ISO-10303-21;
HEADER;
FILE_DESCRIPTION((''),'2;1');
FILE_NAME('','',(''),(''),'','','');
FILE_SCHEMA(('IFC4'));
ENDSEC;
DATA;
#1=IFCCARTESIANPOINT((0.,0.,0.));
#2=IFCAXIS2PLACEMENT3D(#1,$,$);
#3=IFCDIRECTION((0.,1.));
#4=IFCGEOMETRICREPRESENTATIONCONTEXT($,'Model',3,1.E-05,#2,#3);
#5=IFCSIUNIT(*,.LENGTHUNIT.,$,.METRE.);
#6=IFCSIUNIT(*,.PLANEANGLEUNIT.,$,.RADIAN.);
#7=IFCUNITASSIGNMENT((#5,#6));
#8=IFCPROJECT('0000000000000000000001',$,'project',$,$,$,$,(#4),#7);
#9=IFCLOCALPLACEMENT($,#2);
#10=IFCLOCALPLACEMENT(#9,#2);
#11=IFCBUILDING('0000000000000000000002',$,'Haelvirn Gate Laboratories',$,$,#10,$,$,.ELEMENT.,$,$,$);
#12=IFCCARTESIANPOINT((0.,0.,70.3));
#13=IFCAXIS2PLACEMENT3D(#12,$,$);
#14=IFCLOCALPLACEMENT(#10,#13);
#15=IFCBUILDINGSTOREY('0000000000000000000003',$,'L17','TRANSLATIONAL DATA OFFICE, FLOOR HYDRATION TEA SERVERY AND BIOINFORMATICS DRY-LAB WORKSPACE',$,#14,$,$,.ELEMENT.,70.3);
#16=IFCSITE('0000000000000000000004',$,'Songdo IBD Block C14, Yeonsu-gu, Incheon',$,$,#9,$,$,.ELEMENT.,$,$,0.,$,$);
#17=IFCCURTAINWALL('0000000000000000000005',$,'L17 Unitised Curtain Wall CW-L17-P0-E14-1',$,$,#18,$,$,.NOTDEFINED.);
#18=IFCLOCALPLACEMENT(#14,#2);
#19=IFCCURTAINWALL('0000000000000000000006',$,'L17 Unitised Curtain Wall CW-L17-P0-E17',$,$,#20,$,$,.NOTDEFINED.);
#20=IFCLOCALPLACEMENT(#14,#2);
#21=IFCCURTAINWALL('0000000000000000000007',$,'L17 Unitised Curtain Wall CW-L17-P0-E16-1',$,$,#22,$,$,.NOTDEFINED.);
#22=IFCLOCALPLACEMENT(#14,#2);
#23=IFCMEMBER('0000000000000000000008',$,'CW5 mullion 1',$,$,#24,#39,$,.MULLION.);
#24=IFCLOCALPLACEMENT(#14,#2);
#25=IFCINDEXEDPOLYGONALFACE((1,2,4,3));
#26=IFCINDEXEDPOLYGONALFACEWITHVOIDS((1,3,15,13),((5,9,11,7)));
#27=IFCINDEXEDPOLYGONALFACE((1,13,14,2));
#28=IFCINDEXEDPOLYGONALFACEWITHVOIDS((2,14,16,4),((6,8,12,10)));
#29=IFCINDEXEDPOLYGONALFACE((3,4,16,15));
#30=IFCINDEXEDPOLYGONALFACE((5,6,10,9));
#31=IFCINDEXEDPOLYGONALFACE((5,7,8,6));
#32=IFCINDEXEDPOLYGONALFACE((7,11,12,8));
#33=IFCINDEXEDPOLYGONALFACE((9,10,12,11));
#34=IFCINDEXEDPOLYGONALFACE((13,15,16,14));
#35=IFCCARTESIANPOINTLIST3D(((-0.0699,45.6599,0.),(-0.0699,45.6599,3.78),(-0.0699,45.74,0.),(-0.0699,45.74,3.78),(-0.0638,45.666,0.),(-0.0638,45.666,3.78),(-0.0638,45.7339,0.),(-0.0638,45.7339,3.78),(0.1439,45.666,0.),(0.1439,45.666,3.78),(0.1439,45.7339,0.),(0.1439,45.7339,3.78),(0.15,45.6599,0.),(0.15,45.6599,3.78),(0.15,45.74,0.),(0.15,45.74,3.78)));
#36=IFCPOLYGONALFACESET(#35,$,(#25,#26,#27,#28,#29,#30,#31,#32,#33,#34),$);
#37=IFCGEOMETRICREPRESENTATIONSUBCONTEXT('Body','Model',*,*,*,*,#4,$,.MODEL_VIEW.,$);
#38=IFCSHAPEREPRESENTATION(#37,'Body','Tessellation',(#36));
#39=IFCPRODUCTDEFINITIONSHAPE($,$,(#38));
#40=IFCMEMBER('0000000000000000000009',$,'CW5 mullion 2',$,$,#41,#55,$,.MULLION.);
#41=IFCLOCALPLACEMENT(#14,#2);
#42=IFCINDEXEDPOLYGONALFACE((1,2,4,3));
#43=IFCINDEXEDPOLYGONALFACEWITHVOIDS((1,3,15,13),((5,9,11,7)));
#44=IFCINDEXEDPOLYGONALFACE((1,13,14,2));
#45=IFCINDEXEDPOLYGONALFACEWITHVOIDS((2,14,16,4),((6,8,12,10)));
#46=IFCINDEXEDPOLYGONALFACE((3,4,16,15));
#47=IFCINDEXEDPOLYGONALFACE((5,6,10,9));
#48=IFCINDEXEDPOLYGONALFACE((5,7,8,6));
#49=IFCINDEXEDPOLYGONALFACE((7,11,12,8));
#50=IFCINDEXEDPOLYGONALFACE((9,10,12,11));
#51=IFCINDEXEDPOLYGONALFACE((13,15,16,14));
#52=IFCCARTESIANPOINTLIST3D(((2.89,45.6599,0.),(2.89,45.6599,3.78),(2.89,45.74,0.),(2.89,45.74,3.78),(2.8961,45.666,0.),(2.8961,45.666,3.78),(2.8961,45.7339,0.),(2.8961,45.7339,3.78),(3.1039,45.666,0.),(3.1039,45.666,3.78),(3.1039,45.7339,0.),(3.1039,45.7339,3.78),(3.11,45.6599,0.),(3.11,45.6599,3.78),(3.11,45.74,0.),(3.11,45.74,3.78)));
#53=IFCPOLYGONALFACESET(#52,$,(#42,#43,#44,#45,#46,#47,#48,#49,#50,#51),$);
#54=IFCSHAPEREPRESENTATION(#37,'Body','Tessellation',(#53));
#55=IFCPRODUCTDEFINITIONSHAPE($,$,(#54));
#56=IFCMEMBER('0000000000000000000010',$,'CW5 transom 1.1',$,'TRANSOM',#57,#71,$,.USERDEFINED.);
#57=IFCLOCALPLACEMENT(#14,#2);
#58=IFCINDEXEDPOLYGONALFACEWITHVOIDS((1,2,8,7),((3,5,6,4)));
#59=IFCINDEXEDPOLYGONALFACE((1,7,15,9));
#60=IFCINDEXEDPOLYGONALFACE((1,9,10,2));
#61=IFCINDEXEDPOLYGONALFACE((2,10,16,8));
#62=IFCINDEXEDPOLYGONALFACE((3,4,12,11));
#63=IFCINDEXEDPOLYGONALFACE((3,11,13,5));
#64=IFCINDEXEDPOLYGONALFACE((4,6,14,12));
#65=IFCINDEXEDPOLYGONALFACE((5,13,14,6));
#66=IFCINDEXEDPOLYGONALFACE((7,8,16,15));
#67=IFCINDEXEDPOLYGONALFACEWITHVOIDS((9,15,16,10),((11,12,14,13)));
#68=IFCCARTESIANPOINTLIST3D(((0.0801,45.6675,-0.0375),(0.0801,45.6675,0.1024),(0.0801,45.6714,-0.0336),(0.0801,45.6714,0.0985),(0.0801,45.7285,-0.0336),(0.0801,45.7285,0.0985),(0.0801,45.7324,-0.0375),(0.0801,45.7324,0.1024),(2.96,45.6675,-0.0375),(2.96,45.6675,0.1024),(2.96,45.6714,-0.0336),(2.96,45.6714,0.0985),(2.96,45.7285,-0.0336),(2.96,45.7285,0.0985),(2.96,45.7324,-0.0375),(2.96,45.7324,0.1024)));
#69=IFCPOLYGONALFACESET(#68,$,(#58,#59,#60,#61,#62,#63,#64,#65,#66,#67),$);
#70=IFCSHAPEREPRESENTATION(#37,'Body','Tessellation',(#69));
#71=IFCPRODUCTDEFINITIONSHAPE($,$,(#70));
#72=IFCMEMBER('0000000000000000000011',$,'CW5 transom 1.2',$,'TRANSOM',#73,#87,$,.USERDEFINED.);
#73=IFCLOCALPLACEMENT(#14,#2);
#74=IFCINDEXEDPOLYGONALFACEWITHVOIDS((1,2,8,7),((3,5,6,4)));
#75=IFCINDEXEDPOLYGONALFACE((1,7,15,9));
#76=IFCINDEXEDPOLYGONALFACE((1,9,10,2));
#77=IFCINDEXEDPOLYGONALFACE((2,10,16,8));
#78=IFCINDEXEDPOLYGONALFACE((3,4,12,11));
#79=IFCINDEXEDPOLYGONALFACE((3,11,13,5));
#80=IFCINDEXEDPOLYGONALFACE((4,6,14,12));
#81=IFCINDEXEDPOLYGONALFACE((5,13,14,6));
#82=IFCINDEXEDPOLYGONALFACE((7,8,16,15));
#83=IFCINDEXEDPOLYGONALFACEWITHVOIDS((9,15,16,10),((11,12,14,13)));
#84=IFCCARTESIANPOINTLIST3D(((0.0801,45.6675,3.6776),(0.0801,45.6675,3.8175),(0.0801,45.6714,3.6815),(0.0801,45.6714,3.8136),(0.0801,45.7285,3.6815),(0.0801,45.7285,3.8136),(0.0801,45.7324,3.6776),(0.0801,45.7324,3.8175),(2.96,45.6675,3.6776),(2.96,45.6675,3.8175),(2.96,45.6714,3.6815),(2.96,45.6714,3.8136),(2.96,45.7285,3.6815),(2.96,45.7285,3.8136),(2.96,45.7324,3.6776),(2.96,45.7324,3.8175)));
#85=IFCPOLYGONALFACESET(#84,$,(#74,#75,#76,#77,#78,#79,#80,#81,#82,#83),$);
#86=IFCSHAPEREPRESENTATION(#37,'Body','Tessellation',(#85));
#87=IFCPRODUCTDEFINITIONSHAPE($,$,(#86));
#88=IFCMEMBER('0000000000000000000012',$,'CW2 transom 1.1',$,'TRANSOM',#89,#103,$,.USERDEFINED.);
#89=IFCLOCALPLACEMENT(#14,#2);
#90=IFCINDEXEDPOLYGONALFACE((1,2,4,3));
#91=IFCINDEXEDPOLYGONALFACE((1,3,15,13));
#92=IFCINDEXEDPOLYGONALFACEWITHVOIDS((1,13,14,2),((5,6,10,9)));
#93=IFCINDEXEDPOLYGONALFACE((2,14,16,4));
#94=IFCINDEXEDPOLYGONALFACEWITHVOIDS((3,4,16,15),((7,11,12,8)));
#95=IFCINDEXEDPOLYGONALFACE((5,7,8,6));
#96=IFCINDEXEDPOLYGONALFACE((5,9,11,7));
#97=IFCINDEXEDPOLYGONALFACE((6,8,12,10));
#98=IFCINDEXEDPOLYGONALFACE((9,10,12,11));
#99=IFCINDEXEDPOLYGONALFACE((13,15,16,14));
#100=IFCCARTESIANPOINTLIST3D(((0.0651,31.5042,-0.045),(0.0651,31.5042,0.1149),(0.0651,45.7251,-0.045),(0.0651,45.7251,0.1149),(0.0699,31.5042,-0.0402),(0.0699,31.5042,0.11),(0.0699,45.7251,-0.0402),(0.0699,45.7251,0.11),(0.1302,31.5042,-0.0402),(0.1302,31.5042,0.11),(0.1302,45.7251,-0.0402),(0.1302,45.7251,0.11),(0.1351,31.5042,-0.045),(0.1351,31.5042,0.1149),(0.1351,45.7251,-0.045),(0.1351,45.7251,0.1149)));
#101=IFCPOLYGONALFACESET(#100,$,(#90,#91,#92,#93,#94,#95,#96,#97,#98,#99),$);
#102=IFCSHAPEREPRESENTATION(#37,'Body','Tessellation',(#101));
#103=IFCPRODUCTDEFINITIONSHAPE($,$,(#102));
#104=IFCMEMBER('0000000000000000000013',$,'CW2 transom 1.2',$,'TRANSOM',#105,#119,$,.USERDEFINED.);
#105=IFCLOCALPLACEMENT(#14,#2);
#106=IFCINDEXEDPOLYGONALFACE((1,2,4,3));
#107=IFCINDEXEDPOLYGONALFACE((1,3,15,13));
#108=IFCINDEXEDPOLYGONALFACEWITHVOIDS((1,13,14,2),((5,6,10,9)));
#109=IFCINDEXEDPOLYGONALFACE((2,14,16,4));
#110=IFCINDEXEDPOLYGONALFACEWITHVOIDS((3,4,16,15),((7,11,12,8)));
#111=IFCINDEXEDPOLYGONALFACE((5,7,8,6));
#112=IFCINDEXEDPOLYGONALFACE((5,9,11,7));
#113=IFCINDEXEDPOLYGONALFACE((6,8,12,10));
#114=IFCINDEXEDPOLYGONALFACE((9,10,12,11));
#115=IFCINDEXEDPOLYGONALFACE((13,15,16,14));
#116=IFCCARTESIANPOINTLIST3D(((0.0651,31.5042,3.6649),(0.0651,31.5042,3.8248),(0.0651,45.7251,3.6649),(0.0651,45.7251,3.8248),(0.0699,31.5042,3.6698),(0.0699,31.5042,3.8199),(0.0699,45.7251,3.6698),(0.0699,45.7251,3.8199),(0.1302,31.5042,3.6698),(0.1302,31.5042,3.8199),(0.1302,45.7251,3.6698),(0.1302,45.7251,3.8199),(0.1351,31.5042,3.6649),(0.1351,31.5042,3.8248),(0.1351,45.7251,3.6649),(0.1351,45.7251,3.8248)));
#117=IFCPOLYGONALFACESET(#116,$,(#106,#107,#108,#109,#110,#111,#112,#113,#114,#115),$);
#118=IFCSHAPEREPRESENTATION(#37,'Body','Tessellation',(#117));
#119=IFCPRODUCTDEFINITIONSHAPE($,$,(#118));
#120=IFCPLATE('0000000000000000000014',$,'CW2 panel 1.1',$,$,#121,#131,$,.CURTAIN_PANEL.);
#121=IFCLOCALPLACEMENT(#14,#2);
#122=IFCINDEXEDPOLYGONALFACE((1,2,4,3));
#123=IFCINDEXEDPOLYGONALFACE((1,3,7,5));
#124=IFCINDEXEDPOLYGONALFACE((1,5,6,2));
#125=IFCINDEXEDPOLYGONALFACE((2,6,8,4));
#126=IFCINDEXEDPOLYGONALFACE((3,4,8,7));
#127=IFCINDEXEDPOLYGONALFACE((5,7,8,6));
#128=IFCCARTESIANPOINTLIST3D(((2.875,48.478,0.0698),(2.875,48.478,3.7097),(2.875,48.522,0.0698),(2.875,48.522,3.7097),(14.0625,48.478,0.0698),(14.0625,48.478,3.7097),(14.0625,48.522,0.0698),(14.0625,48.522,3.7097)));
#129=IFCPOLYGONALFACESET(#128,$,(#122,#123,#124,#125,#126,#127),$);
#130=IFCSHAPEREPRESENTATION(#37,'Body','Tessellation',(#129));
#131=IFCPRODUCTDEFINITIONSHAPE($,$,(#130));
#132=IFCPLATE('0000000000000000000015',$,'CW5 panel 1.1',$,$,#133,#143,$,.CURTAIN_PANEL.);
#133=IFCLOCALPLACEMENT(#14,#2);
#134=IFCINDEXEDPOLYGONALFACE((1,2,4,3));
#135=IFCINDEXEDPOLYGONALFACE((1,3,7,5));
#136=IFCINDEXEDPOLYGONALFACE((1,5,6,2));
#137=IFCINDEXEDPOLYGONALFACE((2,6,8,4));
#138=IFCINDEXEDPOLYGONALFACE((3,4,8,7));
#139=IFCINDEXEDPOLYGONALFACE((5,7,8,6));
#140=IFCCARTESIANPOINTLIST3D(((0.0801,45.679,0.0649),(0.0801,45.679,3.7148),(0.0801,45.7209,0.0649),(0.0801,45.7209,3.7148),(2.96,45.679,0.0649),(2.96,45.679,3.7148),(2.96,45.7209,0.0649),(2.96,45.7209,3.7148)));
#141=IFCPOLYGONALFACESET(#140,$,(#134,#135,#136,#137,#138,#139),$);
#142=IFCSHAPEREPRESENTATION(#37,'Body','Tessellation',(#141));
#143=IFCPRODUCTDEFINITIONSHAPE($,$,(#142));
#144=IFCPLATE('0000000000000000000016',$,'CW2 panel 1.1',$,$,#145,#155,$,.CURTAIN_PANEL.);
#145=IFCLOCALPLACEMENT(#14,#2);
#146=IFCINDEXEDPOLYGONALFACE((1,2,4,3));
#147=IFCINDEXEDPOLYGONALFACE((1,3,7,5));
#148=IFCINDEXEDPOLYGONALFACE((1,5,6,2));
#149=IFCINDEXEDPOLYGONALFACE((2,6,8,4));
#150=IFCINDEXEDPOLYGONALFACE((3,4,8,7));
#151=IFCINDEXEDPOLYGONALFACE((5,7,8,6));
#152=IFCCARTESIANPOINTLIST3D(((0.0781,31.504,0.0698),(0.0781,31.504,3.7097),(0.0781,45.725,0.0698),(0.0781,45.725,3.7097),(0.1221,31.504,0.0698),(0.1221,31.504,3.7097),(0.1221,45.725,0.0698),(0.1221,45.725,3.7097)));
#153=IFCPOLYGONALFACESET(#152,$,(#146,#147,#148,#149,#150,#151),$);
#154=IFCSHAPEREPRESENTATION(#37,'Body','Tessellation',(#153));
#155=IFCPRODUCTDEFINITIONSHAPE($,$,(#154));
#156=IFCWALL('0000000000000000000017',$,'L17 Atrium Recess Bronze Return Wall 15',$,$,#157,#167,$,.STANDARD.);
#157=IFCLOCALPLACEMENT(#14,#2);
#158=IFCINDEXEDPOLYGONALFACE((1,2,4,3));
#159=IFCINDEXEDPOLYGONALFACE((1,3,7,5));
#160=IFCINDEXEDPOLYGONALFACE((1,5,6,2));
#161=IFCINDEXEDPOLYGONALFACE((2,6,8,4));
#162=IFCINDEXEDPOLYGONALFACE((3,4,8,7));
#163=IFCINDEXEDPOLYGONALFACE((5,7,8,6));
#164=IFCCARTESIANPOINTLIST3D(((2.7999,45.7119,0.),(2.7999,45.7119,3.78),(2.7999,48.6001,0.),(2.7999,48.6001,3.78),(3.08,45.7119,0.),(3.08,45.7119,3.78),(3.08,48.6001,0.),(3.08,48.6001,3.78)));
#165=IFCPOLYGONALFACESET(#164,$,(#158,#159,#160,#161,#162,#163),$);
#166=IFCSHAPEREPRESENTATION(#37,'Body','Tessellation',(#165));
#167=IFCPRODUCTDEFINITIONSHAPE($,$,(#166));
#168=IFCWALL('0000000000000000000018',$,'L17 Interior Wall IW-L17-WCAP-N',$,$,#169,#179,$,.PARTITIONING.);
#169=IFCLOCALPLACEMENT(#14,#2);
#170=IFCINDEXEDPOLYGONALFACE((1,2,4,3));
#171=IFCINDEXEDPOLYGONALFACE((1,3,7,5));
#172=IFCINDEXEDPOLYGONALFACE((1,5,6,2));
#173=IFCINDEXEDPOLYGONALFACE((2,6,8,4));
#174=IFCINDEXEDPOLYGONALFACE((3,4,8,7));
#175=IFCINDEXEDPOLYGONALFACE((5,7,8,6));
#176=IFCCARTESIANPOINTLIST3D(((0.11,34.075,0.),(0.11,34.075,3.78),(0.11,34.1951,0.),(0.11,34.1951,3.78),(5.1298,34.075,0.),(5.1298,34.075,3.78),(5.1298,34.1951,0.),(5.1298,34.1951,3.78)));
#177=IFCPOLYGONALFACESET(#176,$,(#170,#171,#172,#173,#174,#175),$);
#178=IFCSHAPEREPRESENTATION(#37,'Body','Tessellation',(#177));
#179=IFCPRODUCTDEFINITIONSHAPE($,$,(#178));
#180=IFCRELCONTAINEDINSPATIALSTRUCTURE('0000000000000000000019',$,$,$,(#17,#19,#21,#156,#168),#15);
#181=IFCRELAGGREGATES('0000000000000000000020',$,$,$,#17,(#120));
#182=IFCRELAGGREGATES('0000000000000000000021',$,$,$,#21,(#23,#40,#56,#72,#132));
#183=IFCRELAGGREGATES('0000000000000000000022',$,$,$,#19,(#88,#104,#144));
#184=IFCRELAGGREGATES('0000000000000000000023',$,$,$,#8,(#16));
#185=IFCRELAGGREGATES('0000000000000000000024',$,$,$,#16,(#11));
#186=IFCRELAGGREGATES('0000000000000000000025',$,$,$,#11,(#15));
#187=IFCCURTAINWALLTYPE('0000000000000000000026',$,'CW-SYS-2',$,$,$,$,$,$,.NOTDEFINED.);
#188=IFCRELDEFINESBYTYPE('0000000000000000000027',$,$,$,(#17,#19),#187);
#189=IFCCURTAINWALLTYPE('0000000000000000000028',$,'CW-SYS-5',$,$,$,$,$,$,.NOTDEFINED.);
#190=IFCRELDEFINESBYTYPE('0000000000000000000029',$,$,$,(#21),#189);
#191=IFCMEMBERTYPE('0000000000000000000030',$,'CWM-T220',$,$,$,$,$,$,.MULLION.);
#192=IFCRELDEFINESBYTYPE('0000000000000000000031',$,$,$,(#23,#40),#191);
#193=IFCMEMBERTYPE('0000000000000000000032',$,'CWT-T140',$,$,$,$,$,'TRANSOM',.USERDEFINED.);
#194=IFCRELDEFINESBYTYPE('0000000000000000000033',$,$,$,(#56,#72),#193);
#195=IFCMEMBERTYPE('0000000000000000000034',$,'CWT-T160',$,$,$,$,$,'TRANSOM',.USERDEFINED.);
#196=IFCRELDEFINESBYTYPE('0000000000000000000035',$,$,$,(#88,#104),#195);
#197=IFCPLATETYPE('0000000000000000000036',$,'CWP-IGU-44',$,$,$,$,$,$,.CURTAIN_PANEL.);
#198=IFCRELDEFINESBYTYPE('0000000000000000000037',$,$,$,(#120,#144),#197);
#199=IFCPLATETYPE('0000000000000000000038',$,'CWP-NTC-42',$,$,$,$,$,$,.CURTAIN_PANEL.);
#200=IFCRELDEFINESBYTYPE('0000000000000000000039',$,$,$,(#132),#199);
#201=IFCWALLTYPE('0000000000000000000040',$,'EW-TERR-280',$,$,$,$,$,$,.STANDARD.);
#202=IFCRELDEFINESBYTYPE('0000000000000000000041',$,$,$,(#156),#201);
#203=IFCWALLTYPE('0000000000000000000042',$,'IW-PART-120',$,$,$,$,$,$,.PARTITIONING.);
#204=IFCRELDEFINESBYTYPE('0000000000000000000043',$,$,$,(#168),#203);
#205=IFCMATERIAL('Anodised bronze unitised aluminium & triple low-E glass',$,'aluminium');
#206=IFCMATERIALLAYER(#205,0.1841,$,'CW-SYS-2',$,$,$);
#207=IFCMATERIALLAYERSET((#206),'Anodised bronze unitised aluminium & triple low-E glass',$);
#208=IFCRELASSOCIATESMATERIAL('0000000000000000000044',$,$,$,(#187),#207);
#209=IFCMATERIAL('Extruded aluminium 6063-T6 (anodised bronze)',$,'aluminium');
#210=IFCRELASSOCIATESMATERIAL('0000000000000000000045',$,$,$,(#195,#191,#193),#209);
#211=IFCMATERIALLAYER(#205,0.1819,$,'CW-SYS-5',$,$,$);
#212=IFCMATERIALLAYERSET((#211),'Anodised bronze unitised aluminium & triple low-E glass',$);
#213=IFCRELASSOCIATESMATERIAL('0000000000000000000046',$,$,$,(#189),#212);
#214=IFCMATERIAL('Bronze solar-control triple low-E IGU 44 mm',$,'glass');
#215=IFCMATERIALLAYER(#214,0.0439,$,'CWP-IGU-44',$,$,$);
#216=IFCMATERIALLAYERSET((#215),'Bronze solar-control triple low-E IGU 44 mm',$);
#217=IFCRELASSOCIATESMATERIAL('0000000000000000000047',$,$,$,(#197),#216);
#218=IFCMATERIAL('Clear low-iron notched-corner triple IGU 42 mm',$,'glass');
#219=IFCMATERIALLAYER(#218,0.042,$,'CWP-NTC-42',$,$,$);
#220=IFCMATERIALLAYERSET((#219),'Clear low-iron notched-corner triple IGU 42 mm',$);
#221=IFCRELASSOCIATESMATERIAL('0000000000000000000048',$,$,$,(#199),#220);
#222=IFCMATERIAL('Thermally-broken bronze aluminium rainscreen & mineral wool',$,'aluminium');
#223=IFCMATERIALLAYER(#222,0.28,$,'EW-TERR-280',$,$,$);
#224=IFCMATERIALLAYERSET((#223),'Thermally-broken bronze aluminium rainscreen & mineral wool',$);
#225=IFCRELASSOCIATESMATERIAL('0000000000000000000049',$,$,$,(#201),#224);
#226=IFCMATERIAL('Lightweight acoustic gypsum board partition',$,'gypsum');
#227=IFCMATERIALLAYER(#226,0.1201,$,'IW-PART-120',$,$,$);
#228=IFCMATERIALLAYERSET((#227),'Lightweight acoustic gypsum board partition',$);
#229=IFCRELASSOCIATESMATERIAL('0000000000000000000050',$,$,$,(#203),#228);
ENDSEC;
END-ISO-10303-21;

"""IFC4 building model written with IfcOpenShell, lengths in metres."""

from ifc_helpers import new_model, si_unit, direction, frame, frame_2d, origin, origin_2d, place, context, subcontext, project, spatial, rectangle, hollow_rectangle, extrude, source, transform, mapped, material, layer, layer_set, material_profile, profile_set, type_object, type_shapes, element, aggregate, save


model = new_model("IFC4")

# Units and contexts
model_context = context("Model", 3, precision=1e-05, world=origin(), true_north=direction((0.0, 1.0)))
body_context = subcontext(model_context, "Body", "Model", "MODEL_VIEW")
ifc_project = project(units=[si_unit("LENGTHUNIT", "METRE"), si_unit("PLANEANGLEUNIT", "RADIAN")], contexts=[model_context])

# Site, building, storey
site_placement = place(None, origin())
site = spatial("IfcSite", under=ifc_project, at=site_placement, Name="Songdo IBD Block C14, Yeonsu-gu, Incheon", CompositionType="ELEMENT", RefElevation=0.0)
building_placement = place(site_placement, origin())
building = spatial("IfcBuilding", under=site, at=building_placement, Name="Haelvirn Gate Laboratories", CompositionType="ELEMENT")
storey_placement = place(building_placement, frame((0.0, 0.0, 70.3)))
storey = spatial("IfcBuildingStorey", under=building, at=storey_placement, Name="L17", Description="TRANSLATIONAL DATA OFFICE, FLOOR HYDRATION TEA SERVERY AND BIOINFORMATICS DRY-LAB WORKSPACE", CompositionType="ELEMENT", Elevation=70.3)

# Curtain walls
ifc_material_1 = material(Name="Anodised bronze unitised aluminium & triple low-E glass", Category="aluminium")
ifc_layer_1 = layer(ifc_material_1, 0.1841, Name="CW-SYS-2")
ifc_layer_set_1 = layer_set([ifc_layer_1], Name="Anodised bronze unitised aluminium & triple low-E glass")
curtain_wall_type_1 = type_object("IfcCurtainWallType", Name="CW-SYS-2", PredefinedType="NOTDEFINED", material=ifc_layer_set_1)
curtain_wall_1_placement = place(storey_placement, origin())
curtain_wall_1 = element("IfcCurtainWall", 1, at=curtain_wall_1_placement, inside=storey, type_object=curtain_wall_type_1, Name="L17 Unitised Curtain Wall CW-L17-P0-E14-1", PredefinedType="NOTDEFINED")
ifc_material_2 = material(Name="Extruded aluminium 6063-T6 (anodised bronze)", Category="aluminium")
curtain_wall_2_placement = place(storey_placement, origin())
curtain_wall_2 = element("IfcCurtainWall", 2, at=curtain_wall_2_placement, inside=storey, type_object=curtain_wall_type_1, Name="L17 Unitised Curtain Wall CW-L17-P0-E17", PredefinedType="NOTDEFINED")

# Shared definitions
ifc_material_profile_1 = material_profile(ifc_material_2, hollow_rectangle(XDim=0.0701, YDim=0.1599, WallThickness=0.0049, at=origin_2d()), Name="CWT-160x70x5")
ifc_profile_set_1 = profile_set([ifc_material_profile_1], Name="Extruded aluminium 6063-T6 (anodised bronze)")
member_type_1 = type_object("IfcMemberType", Name="CWT-T160", ElementType="TRANSOM", PredefinedType="USERDEFINED", material=ifc_profile_set_1)

# Curtain wall, members
ifc_layer_2 = layer(ifc_material_1, 0.1819, Name="CW-SYS-5")
ifc_layer_set_2 = layer_set([ifc_layer_2], Name="Anodised bronze unitised aluminium & triple low-E glass")
curtain_wall_type_2 = type_object("IfcCurtainWallType", Name="CW-SYS-5", PredefinedType="NOTDEFINED", material=ifc_layer_set_2)
curtain_wall_3_placement = place(storey_placement, origin())
curtain_wall_3 = element("IfcCurtainWall", 3, at=curtain_wall_3_placement, inside=storey, type_object=curtain_wall_type_2, Name="L17 Unitised Curtain Wall CW-L17-P0-E16-1", PredefinedType="NOTDEFINED")
ifc_material_profile_2 = material_profile(ifc_material_2, hollow_rectangle(XDim=0.0801, YDim=0.22, WallThickness=0.0061, at=origin_2d()), Name="CWM-220x80x6")
ifc_profile_set_2 = profile_set([ifc_material_profile_2], Name="Extruded aluminium 6063-T6 (anodised bronze)")
member_type_2 = type_object("IfcMemberType", Name="CWM-T220", PredefinedType="MULLION", material=ifc_profile_set_2)
shared_shape_1 = source(origin(), body_context, "Body", "SweptSolid", [
    extrude(hollow_rectangle(XDim=0.0801, YDim=0.22, WallThickness=0.0061, at=origin_2d()), origin(), (0.0, 0.0, 1.0), 3.78),
])
type_shapes(member_type_2, [shared_shape_1])
member_1_placement = place(storey_placement, frame((0.04, 45.7, 0.0), z_axis=(0.0, 0.0, 1.0), x_axis=(0.0, 1.0, 0.0)))
member_1 = element("IfcMember", 4, at=member_1_placement, type_object=member_type_2, Name="CW5 mullion 1", PredefinedType="MULLION", context=body_context, shape_type="MappedRepresentation", body=[
    mapped(shared_shape_1, transform((0.0, 0.0, 0.0), scale=1.0)),
])
member_2_placement = place(storey_placement, frame((3.0, 45.7, 0.0), z_axis=(0.0, 0.0, 1.0), x_axis=(0.0, 1.0, 0.0)))
member_2 = element("IfcMember", 5, at=member_2_placement, type_object=member_type_2, Name="CW5 mullion 2", PredefinedType="MULLION", context=body_context, shape_type="MappedRepresentation", body=[
    mapped(shared_shape_1, transform((0.0, 0.0, 0.0), scale=1.0)),
])
ifc_material_profile_3 = material_profile(ifc_material_2, hollow_rectangle(XDim=0.0649, YDim=0.1399, WallThickness=0.0039, at=origin_2d()), Name="CWT-140x65x4")
ifc_profile_set_3 = profile_set([ifc_material_profile_3], Name="Extruded aluminium 6063-T6 (anodised bronze)")
member_type_3 = type_object("IfcMemberType", Name="CWT-T140", ElementType="TRANSOM", PredefinedType="USERDEFINED", material=ifc_profile_set_3)
shared_shape_2 = source(origin(), body_context, "Body", "SweptSolid", [
    extrude(hollow_rectangle(XDim=0.0649, YDim=0.1399, WallThickness=0.0039, at=origin_2d()), origin(), (0.0, 0.0, 1.0), 2.8799),
])
type_shapes(member_type_3, [shared_shape_2])
member_3_placement = place(storey_placement, frame((0.0801, 45.7, 0.0325), z_axis=(1.0, 0.0, 0.0), x_axis=(0.0, 1.0, 0.0)))
member_3 = element("IfcMember", 6, at=member_3_placement, type_object=member_type_3, Name="CW5 transom 1.1", ObjectType="TRANSOM", PredefinedType="USERDEFINED", context=body_context, shape_type="MappedRepresentation", body=[
    mapped(shared_shape_2, transform((0.0, 0.0, 0.0), scale=1.0)),
])
member_4_placement = place(storey_placement, frame((0.0801, 45.7, 3.7476), z_axis=(1.0, 0.0, 0.0), x_axis=(0.0, 1.0, 0.0)))
member_4 = element("IfcMember", 7, at=member_4_placement, type_object=member_type_3, Name="CW5 transom 1.2", ObjectType="TRANSOM", PredefinedType="USERDEFINED", context=body_context, shape_type="MappedRepresentation", body=[
    mapped(shared_shape_2, transform((0.0, 0.0, 0.0), scale=1.0)),
])

# Members
shared_shape_3 = source(origin(), body_context, "Body", "SweptSolid", [
    extrude(hollow_rectangle(XDim=0.0701, YDim=0.1599, WallThickness=0.0049, at=origin_2d()), origin(), (0.0, 0.0, 1.0), 14.2209),
])
member_5_placement = place(storey_placement, frame((0.1001, 45.7251, 0.0349), z_axis=(0.0, -1.0, 0.0), x_axis=(1.0, 0.0, 0.0)))
member_5 = element("IfcMember", 8, at=member_5_placement, type_object=member_type_1, Name="CW2 transom 1.1", ObjectType="TRANSOM", PredefinedType="USERDEFINED", context=body_context, shape_type="MappedRepresentation", body=[
    mapped(shared_shape_3, transform((0.0, 0.0, 0.0), scale=1.0)),
])
member_6_placement = place(storey_placement, frame((0.1001, 45.7251, 3.7449), z_axis=(0.0, -1.0, 0.0), x_axis=(1.0, 0.0, 0.0)))
member_6 = element("IfcMember", 9, at=member_6_placement, type_object=member_type_1, Name="CW2 transom 1.2", ObjectType="TRANSOM", PredefinedType="USERDEFINED", context=body_context, shape_type="MappedRepresentation", body=[
    mapped(shared_shape_3, transform((0.0, 0.0, 0.0), scale=1.0)),
])

# Plates
ifc_material_3 = material(Name="Bronze solar-control triple low-E IGU 44 mm", Category="glass")
ifc_layer_3 = layer(ifc_material_3, 0.0439, Name="CWP-IGU-44")
ifc_layer_set_3 = layer_set([ifc_layer_3], Name="Bronze solar-control triple low-E IGU 44 mm")
plate_type_1 = type_object("IfcPlateType", Name="CWP-IGU-44", PredefinedType="CURTAIN_PANEL", material=ifc_layer_set_3)
shared_shape_4 = source(origin(), body_context, "Body", "SweptSolid", [
    extrude(rectangle(XDim=11.1875, YDim=0.0439, at=origin_2d()), origin(), (0.0, 0.0, 1.0), 3.6399),
])
plate_1_placement = place(storey_placement, frame((8.4688, 48.5, 0.0698), z_axis=(0.0, 0.0, 1.0), x_axis=(1.0, 0.0, 0.0)))
plate_1 = element("IfcPlate", 10, at=plate_1_placement, type_object=plate_type_1, Name="CW2 panel 1.1", PredefinedType="CURTAIN_PANEL", context=body_context, shape_type="MappedRepresentation", body=[
    mapped(shared_shape_4, transform((0.0, 0.0, 0.0), scale=1.0)),
])
aggregate(curtain_wall_1, [plate_1])
ifc_material_4 = material(Name="Clear low-iron notched-corner triple IGU 42 mm", Category="glass")
ifc_layer_4 = layer(ifc_material_4, 0.042, Name="CWP-NTC-42")
ifc_layer_set_4 = layer_set([ifc_layer_4], Name="Clear low-iron notched-corner triple IGU 42 mm")
plate_type_2 = type_object("IfcPlateType", Name="CWP-NTC-42", PredefinedType="CURTAIN_PANEL", material=ifc_layer_set_4)
shared_shape_5 = source(origin(), body_context, "Body", "SweptSolid", [
    extrude(rectangle(XDim=2.8799, YDim=0.042, at=origin_2d()), origin(), (0.0, 0.0, 1.0), 3.6499),
])
type_shapes(plate_type_2, [shared_shape_5])
plate_2_placement = place(storey_placement, frame((1.52, 45.7, 0.0649), z_axis=(0.0, 0.0, 1.0), x_axis=(1.0, 0.0, 0.0)))
plate_2 = element("IfcPlate", 11, at=plate_2_placement, type_object=plate_type_2, Name="CW5 panel 1.1", PredefinedType="CURTAIN_PANEL", context=body_context, shape_type="MappedRepresentation", body=[
    mapped(shared_shape_5, transform((0.0, 0.0, 0.0), scale=1.0)),
])
aggregate(curtain_wall_3, [member_1, member_2, member_3, member_4, plate_2])
shared_shape_6 = source(origin(), body_context, "Body", "SweptSolid", [
    extrude(rectangle(XDim=14.2209, YDim=0.0439, at=origin_2d()), origin(), (0.0, 0.0, 1.0), 3.6399),
])
type_shapes(plate_type_1, [shared_shape_4, shared_shape_6])
plate_3_placement = place(storey_placement, frame((0.1001, 38.6145, 0.0698), z_axis=(0.0, 0.0, 1.0), x_axis=(0.0, -1.0, 0.0)))
plate_3 = element("IfcPlate", 12, at=plate_3_placement, type_object=plate_type_1, Name="CW2 panel 1.1", PredefinedType="CURTAIN_PANEL", context=body_context, shape_type="MappedRepresentation", body=[
    mapped(shared_shape_6, transform((0.0, 0.0, 0.0), scale=1.0)),
])
aggregate(curtain_wall_2, [member_5, member_6, plate_3])

# Walls
ifc_material_5 = material(Name="Thermally-broken bronze aluminium rainscreen & mineral wool", Category="aluminium")
ifc_layer_5 = layer(ifc_material_5, 0.28, Name="EW-TERR-280")
ifc_layer_set_5 = layer_set([ifc_layer_5], Name="Thermally-broken bronze aluminium rainscreen & mineral wool")
wall_type_1 = type_object("IfcWallType", Name="EW-TERR-280", PredefinedType="STANDARD", material=ifc_layer_set_5)
wall_1_placement = place(storey_placement, frame((2.9399, 48.6001, 0.0), z_axis=(0.0, 0.0, 1.0), x_axis=(0.0, -1.0, 0.0)))
element("IfcWall", 13, at=wall_1_placement, inside=storey, type_object=wall_type_1, Name="L17 Atrium Recess Bronze Return Wall 15", PredefinedType="STANDARD", context=body_context, shape_type="SweptSolid", body=[
    extrude(rectangle(XDim=2.8882, YDim=0.28, at=frame_2d((1.4441, 0.0))), origin(), (0.0, 0.0, 1.0), 3.78),
])
ifc_material_6 = material(Name="Lightweight acoustic gypsum board partition", Category="gypsum")
ifc_layer_6 = layer(ifc_material_6, 0.1201, Name="IW-PART-120")
ifc_layer_set_6 = layer_set([ifc_layer_6], Name="Lightweight acoustic gypsum board partition")
wall_type_2 = type_object("IfcWallType", Name="IW-PART-120", PredefinedType="PARTITIONING", material=ifc_layer_set_6)
wall_2_placement = place(storey_placement, frame((0.1101, 34.135, 0.0), z_axis=(0.0, 0.0, 1.0), x_axis=(1.0, 0.0, 0.0)))
element("IfcWall", 14, at=wall_2_placement, inside=storey, type_object=wall_type_2, Name="L17 Interior Wall IW-L17-WCAP-N", PredefinedType="PARTITIONING", context=body_context, shape_type="SweptSolid", body=[
    extrude(rectangle(XDim=5.0198, YDim=0.1201, at=frame_2d((2.5098, 0.0))), origin(), (0.0, 0.0, 1.0), 3.78),
])

save(model, "model.ifc")
